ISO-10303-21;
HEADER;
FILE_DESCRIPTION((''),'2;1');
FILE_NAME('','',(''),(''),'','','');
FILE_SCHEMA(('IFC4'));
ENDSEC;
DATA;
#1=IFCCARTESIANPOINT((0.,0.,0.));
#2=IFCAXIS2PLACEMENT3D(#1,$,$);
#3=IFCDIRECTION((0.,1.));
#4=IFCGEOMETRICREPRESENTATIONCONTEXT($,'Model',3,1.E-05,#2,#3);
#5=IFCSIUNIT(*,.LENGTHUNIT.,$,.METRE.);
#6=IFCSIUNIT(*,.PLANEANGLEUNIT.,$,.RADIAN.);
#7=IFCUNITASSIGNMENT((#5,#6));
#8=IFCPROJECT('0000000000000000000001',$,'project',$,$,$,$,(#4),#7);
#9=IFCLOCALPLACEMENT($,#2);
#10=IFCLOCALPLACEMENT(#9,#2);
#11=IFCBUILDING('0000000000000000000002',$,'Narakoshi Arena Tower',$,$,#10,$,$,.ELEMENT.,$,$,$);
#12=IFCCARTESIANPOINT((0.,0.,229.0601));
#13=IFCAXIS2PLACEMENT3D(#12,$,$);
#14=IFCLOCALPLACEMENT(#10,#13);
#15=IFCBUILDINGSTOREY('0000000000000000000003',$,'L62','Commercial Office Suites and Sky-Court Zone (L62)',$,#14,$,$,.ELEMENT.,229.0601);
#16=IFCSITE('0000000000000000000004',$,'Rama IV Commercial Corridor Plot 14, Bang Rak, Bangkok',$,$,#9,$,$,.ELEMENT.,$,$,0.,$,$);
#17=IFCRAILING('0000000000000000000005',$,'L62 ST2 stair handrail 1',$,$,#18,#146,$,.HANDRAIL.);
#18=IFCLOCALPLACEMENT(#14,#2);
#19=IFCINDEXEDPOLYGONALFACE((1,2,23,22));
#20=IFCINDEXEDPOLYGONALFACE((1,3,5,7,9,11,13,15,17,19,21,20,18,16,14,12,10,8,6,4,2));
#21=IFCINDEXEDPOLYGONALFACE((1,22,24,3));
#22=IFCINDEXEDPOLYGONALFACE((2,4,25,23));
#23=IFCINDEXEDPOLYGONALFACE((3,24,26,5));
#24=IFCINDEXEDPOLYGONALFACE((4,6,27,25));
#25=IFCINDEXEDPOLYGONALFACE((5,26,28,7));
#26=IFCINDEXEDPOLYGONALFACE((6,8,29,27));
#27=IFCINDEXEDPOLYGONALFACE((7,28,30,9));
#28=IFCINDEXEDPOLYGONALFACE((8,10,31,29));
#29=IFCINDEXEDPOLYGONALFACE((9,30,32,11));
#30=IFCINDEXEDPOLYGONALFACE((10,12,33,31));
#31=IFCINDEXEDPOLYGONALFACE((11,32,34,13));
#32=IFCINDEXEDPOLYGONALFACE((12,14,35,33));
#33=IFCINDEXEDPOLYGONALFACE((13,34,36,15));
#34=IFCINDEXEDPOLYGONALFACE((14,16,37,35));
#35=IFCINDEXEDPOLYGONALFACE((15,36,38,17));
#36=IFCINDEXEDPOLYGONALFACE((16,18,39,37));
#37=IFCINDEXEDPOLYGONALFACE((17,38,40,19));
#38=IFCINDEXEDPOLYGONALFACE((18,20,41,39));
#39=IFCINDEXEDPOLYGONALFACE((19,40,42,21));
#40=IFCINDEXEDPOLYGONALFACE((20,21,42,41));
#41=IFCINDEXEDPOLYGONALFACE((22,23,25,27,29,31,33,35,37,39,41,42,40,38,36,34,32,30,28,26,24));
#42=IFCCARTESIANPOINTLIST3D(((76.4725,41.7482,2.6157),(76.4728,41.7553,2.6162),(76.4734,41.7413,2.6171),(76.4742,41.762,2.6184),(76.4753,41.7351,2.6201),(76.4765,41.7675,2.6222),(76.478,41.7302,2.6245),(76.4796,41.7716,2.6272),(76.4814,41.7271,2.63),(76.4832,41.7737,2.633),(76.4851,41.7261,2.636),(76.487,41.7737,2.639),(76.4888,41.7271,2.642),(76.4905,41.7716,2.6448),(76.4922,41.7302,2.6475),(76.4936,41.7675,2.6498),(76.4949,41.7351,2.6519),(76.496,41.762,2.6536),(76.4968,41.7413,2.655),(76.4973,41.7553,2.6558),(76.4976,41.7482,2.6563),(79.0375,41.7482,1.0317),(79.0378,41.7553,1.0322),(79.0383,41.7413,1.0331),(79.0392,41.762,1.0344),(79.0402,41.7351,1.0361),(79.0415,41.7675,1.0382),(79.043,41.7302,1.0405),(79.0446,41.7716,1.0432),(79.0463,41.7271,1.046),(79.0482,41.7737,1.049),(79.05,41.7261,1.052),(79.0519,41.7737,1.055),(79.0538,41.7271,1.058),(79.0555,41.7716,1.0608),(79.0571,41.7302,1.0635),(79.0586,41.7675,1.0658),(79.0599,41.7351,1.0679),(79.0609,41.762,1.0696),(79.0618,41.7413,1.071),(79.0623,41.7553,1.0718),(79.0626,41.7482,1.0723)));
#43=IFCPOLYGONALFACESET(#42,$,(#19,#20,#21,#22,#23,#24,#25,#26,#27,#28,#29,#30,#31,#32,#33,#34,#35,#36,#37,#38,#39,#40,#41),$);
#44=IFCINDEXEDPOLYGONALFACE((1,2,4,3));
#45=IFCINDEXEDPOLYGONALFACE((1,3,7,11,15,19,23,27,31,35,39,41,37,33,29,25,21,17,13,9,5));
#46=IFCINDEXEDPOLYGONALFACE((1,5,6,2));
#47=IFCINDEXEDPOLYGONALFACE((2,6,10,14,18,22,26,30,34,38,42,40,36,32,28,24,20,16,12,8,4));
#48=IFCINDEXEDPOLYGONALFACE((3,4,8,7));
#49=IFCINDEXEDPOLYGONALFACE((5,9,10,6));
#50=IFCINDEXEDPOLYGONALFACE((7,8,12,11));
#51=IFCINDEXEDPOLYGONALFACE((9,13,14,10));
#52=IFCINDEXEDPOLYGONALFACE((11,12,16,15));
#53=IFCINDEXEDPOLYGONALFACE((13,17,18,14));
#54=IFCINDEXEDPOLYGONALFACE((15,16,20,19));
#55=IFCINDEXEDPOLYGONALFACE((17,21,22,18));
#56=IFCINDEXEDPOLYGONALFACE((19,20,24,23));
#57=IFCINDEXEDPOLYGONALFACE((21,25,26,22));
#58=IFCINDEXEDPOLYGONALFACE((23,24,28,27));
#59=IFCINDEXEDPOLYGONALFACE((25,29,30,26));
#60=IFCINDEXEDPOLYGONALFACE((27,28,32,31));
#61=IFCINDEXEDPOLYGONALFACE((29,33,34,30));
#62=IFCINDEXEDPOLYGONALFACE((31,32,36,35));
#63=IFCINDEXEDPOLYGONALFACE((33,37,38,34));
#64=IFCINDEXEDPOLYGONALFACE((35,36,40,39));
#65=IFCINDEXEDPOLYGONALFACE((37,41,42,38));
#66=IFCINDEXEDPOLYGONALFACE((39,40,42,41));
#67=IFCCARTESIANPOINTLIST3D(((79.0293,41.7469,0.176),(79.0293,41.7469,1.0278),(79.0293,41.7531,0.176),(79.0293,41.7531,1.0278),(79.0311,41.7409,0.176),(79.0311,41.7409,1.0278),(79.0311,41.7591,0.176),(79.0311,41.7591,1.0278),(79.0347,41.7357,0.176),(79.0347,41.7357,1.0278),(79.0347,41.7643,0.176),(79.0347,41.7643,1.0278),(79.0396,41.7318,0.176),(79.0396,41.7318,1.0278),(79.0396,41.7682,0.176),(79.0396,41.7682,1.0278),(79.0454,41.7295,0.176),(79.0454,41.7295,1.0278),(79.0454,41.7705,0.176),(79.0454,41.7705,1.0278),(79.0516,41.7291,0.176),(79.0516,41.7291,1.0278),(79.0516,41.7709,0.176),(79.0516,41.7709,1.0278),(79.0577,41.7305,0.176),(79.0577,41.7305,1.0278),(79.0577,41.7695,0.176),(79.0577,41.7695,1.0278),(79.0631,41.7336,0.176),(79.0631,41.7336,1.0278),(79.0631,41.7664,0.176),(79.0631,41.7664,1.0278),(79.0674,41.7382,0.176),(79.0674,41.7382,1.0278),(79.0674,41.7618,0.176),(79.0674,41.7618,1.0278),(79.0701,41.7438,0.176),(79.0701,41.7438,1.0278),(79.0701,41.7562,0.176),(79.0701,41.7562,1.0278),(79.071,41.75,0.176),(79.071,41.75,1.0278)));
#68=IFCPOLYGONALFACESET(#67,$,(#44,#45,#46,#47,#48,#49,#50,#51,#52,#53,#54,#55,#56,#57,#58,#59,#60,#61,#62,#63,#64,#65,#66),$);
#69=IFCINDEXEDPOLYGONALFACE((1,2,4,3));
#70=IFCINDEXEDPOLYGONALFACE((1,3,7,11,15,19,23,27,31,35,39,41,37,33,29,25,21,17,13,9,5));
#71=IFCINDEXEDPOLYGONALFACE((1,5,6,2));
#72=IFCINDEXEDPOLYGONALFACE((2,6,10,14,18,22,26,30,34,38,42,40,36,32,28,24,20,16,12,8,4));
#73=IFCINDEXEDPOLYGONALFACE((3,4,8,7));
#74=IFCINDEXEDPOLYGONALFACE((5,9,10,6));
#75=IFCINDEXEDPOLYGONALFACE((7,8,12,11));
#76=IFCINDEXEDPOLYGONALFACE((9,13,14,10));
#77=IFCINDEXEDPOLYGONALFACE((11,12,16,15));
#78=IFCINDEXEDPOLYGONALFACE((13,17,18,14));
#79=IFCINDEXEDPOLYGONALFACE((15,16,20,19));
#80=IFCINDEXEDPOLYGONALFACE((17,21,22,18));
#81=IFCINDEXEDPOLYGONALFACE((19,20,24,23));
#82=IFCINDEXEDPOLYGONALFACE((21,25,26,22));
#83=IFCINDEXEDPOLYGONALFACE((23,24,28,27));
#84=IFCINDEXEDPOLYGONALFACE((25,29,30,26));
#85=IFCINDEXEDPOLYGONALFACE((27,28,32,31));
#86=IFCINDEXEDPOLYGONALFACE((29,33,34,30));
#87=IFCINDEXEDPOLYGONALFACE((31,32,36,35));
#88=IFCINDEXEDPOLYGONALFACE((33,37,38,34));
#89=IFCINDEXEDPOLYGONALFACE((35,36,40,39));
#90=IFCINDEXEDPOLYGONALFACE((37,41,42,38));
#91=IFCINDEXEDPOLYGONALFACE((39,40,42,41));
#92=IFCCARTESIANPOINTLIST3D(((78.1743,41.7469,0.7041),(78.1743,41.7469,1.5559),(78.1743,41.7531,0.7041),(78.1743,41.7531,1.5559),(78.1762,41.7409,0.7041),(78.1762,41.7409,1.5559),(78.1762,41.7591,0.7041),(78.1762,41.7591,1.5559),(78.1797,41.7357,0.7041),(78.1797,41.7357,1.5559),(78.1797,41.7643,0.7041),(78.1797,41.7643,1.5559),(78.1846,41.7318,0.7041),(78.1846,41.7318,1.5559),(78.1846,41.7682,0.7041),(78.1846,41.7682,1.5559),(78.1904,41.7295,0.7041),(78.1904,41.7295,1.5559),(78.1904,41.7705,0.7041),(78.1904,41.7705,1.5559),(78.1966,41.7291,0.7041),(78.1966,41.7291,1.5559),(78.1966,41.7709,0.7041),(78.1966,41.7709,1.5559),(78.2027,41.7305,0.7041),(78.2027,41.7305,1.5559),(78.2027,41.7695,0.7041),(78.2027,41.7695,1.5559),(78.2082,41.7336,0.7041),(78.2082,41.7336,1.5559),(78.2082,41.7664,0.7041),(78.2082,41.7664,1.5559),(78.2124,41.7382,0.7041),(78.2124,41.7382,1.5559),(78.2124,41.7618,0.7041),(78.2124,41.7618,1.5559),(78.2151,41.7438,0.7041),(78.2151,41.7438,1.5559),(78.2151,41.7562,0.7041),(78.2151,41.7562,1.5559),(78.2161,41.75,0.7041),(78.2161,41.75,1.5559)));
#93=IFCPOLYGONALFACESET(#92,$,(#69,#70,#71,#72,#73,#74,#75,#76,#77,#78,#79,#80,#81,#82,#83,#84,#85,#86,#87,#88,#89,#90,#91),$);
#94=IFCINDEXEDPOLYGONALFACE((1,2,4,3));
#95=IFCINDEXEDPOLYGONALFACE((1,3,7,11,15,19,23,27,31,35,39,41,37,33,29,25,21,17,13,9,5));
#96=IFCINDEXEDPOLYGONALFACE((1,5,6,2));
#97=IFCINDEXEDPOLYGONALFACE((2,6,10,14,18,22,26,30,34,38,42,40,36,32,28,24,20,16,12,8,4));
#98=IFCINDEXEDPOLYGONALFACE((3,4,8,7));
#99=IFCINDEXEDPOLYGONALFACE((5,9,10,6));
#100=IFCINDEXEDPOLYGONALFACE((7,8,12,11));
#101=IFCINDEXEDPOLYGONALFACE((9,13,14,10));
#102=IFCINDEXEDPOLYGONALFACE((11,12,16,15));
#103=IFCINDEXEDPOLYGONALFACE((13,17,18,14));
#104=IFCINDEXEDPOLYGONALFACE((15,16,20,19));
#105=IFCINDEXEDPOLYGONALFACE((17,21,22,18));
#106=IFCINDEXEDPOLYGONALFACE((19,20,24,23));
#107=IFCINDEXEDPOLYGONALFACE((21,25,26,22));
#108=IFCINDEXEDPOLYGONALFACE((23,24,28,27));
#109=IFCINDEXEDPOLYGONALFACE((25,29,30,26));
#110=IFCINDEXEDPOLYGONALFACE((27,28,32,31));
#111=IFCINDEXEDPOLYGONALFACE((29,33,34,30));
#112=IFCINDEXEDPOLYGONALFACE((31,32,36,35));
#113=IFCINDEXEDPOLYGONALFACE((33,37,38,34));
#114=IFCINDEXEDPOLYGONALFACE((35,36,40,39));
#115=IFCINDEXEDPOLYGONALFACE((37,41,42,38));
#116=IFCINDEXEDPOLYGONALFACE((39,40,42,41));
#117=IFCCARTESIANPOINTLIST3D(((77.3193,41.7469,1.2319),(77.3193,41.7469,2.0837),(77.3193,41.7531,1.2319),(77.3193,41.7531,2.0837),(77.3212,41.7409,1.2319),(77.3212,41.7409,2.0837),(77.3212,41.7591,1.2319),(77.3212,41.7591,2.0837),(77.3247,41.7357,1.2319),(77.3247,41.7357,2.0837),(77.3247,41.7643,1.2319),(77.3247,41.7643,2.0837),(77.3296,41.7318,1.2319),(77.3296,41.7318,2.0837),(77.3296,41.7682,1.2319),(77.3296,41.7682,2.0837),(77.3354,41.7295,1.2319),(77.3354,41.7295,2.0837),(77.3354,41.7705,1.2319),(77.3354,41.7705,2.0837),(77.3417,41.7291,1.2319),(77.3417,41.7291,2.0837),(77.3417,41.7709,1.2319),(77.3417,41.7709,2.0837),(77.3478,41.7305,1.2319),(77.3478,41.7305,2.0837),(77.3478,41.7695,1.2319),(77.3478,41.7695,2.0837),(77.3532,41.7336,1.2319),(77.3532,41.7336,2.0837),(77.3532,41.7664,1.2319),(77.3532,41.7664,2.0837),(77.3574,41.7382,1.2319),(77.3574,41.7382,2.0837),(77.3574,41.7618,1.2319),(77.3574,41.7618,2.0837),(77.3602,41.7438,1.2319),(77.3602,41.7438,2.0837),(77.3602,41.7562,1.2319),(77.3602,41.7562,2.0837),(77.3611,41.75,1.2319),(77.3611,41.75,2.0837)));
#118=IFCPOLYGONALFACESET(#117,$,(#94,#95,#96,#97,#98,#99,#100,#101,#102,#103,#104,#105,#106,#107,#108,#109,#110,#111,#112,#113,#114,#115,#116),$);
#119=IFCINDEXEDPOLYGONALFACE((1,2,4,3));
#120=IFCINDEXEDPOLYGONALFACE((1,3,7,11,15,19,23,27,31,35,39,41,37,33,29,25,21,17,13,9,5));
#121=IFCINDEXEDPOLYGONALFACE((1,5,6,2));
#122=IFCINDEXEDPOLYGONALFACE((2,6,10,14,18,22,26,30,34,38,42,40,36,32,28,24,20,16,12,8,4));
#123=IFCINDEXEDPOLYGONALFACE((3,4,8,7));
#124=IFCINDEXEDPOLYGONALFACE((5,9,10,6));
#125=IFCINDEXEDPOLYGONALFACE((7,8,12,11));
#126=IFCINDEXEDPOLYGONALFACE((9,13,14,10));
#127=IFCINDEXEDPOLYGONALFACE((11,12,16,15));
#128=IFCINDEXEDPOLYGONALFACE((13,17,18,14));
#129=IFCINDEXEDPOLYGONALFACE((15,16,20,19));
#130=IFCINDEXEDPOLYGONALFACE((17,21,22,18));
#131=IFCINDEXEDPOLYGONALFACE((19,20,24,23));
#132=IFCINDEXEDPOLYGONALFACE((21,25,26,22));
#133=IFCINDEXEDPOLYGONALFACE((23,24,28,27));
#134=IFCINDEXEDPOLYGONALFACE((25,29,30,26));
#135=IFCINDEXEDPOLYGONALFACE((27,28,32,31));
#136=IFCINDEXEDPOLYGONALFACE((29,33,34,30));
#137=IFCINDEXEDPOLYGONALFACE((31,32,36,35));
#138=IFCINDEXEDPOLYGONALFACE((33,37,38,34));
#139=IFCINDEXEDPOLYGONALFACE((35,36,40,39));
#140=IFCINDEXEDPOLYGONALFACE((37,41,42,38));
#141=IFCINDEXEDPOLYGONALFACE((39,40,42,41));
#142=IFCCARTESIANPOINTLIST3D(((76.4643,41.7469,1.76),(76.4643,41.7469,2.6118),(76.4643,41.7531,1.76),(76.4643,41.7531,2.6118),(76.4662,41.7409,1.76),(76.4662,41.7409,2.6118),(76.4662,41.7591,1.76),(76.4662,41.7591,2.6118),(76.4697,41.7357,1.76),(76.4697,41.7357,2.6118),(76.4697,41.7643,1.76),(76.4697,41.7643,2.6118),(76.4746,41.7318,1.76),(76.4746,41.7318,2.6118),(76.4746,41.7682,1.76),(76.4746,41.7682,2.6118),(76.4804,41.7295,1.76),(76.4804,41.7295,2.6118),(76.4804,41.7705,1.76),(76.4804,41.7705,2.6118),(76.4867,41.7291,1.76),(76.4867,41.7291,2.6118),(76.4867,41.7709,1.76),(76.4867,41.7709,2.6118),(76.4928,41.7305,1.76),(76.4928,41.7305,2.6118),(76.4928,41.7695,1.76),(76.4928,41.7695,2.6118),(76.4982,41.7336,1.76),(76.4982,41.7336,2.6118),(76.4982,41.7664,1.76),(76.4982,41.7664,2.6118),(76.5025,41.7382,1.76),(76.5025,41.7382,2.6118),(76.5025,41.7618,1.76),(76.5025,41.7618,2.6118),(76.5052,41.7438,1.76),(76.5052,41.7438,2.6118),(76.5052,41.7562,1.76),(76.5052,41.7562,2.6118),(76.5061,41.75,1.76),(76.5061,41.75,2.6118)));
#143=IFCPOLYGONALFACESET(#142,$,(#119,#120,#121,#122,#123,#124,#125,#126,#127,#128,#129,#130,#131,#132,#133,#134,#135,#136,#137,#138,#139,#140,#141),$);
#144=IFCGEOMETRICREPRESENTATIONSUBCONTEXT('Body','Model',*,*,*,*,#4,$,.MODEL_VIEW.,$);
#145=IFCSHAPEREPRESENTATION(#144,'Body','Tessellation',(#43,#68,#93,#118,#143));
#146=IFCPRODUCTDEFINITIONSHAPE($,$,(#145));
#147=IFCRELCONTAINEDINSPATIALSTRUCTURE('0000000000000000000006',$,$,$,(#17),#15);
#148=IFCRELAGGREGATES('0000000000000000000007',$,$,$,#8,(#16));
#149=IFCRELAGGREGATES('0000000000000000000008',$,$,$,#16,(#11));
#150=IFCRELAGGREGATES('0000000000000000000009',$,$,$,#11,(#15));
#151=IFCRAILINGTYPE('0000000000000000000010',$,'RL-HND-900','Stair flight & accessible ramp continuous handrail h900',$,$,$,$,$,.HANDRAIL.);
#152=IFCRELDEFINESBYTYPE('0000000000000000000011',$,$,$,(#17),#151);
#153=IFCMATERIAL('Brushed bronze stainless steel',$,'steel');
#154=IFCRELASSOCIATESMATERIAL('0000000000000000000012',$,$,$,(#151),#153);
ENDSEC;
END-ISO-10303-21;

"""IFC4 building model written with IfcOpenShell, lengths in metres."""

from ifc_helpers import new_model, si_unit, direction, frame, origin, origin_2d, place, context, subcontext, project, spatial, circle, extrude, material, type_object, element, save


model = new_model("IFC4")

# Units and contexts
model_context = context("Model", 3, precision=1e-05, world=origin(), true_north=direction((0.0, 1.0)))
body_context = subcontext(model_context, "Body", "Model", "MODEL_VIEW")
ifc_project = project(units=[si_unit("LENGTHUNIT", "METRE"), si_unit("PLANEANGLEUNIT", "RADIAN")], contexts=[model_context])

# Site, building, storey
site_placement = place(None, origin())
site = spatial("IfcSite", under=ifc_project, at=site_placement, Name="Rama IV Commercial Corridor Plot 14, Bang Rak, Bangkok", CompositionType="ELEMENT", RefElevation=0.0)
building_placement = place(site_placement, origin())
building = spatial("IfcBuilding", under=site, at=building_placement, Name="Narakoshi Arena Tower", CompositionType="ELEMENT")
storey_placement = place(building_placement, frame((0.0, 0.0, 229.0601)))
storey = spatial("IfcBuildingStorey", under=building, at=storey_placement, Name="L62", Description="Commercial Office Suites and Sky-Court Zone (L62)", CompositionType="ELEMENT", Elevation=229.0601)

# Railing
ifc_material_1 = material(Name="Brushed bronze stainless steel", Category="steel")
railing_type_1 = type_object("IfcRailingType", Name="RL-HND-900", Description="Stair flight & accessible ramp continuous handrail h900", PredefinedType="HANDRAIL", material=ifc_material_1)
railing_1_placement = place(storey_placement, frame((79.05, 41.75, 0.176)))
element("IfcRailing", 1, at=railing_1_placement, inside=storey, type_object=railing_type_1, Name="L62 ST2 stair handrail 1", PredefinedType="HANDRAIL", context=body_context, shape_type="SweptSolid", body=[
    extrude(circle(Radius=0.0239, at=origin_2d()), frame((0.0, 0.0, 0.876), z_axis=(-0.850834, 0.0, 0.525434), x_axis=(0.0, -1.0, 0.0)), (0.0, 0.0, 1.0), 3.0146),
    extrude(circle(Radius=0.021, at=origin_2d()), origin(), (0.0, 0.0, 1.0), 0.8518),
    extrude(circle(Radius=0.021, at=origin_2d()), frame((-0.855, 0.0, 0.5281)), (0.0, 0.0, 1.0), 0.8518),
    extrude(circle(Radius=0.021, at=origin_2d()), frame((-1.71, 0.0, 1.0559)), (0.0, 0.0, 1.0), 0.8518),
    extrude(circle(Radius=0.021, at=origin_2d()), frame((-2.5649, 0.0, 1.584)), (0.0, 0.0, 1.0), 0.8518),
])

save(model, "model.ifc")
